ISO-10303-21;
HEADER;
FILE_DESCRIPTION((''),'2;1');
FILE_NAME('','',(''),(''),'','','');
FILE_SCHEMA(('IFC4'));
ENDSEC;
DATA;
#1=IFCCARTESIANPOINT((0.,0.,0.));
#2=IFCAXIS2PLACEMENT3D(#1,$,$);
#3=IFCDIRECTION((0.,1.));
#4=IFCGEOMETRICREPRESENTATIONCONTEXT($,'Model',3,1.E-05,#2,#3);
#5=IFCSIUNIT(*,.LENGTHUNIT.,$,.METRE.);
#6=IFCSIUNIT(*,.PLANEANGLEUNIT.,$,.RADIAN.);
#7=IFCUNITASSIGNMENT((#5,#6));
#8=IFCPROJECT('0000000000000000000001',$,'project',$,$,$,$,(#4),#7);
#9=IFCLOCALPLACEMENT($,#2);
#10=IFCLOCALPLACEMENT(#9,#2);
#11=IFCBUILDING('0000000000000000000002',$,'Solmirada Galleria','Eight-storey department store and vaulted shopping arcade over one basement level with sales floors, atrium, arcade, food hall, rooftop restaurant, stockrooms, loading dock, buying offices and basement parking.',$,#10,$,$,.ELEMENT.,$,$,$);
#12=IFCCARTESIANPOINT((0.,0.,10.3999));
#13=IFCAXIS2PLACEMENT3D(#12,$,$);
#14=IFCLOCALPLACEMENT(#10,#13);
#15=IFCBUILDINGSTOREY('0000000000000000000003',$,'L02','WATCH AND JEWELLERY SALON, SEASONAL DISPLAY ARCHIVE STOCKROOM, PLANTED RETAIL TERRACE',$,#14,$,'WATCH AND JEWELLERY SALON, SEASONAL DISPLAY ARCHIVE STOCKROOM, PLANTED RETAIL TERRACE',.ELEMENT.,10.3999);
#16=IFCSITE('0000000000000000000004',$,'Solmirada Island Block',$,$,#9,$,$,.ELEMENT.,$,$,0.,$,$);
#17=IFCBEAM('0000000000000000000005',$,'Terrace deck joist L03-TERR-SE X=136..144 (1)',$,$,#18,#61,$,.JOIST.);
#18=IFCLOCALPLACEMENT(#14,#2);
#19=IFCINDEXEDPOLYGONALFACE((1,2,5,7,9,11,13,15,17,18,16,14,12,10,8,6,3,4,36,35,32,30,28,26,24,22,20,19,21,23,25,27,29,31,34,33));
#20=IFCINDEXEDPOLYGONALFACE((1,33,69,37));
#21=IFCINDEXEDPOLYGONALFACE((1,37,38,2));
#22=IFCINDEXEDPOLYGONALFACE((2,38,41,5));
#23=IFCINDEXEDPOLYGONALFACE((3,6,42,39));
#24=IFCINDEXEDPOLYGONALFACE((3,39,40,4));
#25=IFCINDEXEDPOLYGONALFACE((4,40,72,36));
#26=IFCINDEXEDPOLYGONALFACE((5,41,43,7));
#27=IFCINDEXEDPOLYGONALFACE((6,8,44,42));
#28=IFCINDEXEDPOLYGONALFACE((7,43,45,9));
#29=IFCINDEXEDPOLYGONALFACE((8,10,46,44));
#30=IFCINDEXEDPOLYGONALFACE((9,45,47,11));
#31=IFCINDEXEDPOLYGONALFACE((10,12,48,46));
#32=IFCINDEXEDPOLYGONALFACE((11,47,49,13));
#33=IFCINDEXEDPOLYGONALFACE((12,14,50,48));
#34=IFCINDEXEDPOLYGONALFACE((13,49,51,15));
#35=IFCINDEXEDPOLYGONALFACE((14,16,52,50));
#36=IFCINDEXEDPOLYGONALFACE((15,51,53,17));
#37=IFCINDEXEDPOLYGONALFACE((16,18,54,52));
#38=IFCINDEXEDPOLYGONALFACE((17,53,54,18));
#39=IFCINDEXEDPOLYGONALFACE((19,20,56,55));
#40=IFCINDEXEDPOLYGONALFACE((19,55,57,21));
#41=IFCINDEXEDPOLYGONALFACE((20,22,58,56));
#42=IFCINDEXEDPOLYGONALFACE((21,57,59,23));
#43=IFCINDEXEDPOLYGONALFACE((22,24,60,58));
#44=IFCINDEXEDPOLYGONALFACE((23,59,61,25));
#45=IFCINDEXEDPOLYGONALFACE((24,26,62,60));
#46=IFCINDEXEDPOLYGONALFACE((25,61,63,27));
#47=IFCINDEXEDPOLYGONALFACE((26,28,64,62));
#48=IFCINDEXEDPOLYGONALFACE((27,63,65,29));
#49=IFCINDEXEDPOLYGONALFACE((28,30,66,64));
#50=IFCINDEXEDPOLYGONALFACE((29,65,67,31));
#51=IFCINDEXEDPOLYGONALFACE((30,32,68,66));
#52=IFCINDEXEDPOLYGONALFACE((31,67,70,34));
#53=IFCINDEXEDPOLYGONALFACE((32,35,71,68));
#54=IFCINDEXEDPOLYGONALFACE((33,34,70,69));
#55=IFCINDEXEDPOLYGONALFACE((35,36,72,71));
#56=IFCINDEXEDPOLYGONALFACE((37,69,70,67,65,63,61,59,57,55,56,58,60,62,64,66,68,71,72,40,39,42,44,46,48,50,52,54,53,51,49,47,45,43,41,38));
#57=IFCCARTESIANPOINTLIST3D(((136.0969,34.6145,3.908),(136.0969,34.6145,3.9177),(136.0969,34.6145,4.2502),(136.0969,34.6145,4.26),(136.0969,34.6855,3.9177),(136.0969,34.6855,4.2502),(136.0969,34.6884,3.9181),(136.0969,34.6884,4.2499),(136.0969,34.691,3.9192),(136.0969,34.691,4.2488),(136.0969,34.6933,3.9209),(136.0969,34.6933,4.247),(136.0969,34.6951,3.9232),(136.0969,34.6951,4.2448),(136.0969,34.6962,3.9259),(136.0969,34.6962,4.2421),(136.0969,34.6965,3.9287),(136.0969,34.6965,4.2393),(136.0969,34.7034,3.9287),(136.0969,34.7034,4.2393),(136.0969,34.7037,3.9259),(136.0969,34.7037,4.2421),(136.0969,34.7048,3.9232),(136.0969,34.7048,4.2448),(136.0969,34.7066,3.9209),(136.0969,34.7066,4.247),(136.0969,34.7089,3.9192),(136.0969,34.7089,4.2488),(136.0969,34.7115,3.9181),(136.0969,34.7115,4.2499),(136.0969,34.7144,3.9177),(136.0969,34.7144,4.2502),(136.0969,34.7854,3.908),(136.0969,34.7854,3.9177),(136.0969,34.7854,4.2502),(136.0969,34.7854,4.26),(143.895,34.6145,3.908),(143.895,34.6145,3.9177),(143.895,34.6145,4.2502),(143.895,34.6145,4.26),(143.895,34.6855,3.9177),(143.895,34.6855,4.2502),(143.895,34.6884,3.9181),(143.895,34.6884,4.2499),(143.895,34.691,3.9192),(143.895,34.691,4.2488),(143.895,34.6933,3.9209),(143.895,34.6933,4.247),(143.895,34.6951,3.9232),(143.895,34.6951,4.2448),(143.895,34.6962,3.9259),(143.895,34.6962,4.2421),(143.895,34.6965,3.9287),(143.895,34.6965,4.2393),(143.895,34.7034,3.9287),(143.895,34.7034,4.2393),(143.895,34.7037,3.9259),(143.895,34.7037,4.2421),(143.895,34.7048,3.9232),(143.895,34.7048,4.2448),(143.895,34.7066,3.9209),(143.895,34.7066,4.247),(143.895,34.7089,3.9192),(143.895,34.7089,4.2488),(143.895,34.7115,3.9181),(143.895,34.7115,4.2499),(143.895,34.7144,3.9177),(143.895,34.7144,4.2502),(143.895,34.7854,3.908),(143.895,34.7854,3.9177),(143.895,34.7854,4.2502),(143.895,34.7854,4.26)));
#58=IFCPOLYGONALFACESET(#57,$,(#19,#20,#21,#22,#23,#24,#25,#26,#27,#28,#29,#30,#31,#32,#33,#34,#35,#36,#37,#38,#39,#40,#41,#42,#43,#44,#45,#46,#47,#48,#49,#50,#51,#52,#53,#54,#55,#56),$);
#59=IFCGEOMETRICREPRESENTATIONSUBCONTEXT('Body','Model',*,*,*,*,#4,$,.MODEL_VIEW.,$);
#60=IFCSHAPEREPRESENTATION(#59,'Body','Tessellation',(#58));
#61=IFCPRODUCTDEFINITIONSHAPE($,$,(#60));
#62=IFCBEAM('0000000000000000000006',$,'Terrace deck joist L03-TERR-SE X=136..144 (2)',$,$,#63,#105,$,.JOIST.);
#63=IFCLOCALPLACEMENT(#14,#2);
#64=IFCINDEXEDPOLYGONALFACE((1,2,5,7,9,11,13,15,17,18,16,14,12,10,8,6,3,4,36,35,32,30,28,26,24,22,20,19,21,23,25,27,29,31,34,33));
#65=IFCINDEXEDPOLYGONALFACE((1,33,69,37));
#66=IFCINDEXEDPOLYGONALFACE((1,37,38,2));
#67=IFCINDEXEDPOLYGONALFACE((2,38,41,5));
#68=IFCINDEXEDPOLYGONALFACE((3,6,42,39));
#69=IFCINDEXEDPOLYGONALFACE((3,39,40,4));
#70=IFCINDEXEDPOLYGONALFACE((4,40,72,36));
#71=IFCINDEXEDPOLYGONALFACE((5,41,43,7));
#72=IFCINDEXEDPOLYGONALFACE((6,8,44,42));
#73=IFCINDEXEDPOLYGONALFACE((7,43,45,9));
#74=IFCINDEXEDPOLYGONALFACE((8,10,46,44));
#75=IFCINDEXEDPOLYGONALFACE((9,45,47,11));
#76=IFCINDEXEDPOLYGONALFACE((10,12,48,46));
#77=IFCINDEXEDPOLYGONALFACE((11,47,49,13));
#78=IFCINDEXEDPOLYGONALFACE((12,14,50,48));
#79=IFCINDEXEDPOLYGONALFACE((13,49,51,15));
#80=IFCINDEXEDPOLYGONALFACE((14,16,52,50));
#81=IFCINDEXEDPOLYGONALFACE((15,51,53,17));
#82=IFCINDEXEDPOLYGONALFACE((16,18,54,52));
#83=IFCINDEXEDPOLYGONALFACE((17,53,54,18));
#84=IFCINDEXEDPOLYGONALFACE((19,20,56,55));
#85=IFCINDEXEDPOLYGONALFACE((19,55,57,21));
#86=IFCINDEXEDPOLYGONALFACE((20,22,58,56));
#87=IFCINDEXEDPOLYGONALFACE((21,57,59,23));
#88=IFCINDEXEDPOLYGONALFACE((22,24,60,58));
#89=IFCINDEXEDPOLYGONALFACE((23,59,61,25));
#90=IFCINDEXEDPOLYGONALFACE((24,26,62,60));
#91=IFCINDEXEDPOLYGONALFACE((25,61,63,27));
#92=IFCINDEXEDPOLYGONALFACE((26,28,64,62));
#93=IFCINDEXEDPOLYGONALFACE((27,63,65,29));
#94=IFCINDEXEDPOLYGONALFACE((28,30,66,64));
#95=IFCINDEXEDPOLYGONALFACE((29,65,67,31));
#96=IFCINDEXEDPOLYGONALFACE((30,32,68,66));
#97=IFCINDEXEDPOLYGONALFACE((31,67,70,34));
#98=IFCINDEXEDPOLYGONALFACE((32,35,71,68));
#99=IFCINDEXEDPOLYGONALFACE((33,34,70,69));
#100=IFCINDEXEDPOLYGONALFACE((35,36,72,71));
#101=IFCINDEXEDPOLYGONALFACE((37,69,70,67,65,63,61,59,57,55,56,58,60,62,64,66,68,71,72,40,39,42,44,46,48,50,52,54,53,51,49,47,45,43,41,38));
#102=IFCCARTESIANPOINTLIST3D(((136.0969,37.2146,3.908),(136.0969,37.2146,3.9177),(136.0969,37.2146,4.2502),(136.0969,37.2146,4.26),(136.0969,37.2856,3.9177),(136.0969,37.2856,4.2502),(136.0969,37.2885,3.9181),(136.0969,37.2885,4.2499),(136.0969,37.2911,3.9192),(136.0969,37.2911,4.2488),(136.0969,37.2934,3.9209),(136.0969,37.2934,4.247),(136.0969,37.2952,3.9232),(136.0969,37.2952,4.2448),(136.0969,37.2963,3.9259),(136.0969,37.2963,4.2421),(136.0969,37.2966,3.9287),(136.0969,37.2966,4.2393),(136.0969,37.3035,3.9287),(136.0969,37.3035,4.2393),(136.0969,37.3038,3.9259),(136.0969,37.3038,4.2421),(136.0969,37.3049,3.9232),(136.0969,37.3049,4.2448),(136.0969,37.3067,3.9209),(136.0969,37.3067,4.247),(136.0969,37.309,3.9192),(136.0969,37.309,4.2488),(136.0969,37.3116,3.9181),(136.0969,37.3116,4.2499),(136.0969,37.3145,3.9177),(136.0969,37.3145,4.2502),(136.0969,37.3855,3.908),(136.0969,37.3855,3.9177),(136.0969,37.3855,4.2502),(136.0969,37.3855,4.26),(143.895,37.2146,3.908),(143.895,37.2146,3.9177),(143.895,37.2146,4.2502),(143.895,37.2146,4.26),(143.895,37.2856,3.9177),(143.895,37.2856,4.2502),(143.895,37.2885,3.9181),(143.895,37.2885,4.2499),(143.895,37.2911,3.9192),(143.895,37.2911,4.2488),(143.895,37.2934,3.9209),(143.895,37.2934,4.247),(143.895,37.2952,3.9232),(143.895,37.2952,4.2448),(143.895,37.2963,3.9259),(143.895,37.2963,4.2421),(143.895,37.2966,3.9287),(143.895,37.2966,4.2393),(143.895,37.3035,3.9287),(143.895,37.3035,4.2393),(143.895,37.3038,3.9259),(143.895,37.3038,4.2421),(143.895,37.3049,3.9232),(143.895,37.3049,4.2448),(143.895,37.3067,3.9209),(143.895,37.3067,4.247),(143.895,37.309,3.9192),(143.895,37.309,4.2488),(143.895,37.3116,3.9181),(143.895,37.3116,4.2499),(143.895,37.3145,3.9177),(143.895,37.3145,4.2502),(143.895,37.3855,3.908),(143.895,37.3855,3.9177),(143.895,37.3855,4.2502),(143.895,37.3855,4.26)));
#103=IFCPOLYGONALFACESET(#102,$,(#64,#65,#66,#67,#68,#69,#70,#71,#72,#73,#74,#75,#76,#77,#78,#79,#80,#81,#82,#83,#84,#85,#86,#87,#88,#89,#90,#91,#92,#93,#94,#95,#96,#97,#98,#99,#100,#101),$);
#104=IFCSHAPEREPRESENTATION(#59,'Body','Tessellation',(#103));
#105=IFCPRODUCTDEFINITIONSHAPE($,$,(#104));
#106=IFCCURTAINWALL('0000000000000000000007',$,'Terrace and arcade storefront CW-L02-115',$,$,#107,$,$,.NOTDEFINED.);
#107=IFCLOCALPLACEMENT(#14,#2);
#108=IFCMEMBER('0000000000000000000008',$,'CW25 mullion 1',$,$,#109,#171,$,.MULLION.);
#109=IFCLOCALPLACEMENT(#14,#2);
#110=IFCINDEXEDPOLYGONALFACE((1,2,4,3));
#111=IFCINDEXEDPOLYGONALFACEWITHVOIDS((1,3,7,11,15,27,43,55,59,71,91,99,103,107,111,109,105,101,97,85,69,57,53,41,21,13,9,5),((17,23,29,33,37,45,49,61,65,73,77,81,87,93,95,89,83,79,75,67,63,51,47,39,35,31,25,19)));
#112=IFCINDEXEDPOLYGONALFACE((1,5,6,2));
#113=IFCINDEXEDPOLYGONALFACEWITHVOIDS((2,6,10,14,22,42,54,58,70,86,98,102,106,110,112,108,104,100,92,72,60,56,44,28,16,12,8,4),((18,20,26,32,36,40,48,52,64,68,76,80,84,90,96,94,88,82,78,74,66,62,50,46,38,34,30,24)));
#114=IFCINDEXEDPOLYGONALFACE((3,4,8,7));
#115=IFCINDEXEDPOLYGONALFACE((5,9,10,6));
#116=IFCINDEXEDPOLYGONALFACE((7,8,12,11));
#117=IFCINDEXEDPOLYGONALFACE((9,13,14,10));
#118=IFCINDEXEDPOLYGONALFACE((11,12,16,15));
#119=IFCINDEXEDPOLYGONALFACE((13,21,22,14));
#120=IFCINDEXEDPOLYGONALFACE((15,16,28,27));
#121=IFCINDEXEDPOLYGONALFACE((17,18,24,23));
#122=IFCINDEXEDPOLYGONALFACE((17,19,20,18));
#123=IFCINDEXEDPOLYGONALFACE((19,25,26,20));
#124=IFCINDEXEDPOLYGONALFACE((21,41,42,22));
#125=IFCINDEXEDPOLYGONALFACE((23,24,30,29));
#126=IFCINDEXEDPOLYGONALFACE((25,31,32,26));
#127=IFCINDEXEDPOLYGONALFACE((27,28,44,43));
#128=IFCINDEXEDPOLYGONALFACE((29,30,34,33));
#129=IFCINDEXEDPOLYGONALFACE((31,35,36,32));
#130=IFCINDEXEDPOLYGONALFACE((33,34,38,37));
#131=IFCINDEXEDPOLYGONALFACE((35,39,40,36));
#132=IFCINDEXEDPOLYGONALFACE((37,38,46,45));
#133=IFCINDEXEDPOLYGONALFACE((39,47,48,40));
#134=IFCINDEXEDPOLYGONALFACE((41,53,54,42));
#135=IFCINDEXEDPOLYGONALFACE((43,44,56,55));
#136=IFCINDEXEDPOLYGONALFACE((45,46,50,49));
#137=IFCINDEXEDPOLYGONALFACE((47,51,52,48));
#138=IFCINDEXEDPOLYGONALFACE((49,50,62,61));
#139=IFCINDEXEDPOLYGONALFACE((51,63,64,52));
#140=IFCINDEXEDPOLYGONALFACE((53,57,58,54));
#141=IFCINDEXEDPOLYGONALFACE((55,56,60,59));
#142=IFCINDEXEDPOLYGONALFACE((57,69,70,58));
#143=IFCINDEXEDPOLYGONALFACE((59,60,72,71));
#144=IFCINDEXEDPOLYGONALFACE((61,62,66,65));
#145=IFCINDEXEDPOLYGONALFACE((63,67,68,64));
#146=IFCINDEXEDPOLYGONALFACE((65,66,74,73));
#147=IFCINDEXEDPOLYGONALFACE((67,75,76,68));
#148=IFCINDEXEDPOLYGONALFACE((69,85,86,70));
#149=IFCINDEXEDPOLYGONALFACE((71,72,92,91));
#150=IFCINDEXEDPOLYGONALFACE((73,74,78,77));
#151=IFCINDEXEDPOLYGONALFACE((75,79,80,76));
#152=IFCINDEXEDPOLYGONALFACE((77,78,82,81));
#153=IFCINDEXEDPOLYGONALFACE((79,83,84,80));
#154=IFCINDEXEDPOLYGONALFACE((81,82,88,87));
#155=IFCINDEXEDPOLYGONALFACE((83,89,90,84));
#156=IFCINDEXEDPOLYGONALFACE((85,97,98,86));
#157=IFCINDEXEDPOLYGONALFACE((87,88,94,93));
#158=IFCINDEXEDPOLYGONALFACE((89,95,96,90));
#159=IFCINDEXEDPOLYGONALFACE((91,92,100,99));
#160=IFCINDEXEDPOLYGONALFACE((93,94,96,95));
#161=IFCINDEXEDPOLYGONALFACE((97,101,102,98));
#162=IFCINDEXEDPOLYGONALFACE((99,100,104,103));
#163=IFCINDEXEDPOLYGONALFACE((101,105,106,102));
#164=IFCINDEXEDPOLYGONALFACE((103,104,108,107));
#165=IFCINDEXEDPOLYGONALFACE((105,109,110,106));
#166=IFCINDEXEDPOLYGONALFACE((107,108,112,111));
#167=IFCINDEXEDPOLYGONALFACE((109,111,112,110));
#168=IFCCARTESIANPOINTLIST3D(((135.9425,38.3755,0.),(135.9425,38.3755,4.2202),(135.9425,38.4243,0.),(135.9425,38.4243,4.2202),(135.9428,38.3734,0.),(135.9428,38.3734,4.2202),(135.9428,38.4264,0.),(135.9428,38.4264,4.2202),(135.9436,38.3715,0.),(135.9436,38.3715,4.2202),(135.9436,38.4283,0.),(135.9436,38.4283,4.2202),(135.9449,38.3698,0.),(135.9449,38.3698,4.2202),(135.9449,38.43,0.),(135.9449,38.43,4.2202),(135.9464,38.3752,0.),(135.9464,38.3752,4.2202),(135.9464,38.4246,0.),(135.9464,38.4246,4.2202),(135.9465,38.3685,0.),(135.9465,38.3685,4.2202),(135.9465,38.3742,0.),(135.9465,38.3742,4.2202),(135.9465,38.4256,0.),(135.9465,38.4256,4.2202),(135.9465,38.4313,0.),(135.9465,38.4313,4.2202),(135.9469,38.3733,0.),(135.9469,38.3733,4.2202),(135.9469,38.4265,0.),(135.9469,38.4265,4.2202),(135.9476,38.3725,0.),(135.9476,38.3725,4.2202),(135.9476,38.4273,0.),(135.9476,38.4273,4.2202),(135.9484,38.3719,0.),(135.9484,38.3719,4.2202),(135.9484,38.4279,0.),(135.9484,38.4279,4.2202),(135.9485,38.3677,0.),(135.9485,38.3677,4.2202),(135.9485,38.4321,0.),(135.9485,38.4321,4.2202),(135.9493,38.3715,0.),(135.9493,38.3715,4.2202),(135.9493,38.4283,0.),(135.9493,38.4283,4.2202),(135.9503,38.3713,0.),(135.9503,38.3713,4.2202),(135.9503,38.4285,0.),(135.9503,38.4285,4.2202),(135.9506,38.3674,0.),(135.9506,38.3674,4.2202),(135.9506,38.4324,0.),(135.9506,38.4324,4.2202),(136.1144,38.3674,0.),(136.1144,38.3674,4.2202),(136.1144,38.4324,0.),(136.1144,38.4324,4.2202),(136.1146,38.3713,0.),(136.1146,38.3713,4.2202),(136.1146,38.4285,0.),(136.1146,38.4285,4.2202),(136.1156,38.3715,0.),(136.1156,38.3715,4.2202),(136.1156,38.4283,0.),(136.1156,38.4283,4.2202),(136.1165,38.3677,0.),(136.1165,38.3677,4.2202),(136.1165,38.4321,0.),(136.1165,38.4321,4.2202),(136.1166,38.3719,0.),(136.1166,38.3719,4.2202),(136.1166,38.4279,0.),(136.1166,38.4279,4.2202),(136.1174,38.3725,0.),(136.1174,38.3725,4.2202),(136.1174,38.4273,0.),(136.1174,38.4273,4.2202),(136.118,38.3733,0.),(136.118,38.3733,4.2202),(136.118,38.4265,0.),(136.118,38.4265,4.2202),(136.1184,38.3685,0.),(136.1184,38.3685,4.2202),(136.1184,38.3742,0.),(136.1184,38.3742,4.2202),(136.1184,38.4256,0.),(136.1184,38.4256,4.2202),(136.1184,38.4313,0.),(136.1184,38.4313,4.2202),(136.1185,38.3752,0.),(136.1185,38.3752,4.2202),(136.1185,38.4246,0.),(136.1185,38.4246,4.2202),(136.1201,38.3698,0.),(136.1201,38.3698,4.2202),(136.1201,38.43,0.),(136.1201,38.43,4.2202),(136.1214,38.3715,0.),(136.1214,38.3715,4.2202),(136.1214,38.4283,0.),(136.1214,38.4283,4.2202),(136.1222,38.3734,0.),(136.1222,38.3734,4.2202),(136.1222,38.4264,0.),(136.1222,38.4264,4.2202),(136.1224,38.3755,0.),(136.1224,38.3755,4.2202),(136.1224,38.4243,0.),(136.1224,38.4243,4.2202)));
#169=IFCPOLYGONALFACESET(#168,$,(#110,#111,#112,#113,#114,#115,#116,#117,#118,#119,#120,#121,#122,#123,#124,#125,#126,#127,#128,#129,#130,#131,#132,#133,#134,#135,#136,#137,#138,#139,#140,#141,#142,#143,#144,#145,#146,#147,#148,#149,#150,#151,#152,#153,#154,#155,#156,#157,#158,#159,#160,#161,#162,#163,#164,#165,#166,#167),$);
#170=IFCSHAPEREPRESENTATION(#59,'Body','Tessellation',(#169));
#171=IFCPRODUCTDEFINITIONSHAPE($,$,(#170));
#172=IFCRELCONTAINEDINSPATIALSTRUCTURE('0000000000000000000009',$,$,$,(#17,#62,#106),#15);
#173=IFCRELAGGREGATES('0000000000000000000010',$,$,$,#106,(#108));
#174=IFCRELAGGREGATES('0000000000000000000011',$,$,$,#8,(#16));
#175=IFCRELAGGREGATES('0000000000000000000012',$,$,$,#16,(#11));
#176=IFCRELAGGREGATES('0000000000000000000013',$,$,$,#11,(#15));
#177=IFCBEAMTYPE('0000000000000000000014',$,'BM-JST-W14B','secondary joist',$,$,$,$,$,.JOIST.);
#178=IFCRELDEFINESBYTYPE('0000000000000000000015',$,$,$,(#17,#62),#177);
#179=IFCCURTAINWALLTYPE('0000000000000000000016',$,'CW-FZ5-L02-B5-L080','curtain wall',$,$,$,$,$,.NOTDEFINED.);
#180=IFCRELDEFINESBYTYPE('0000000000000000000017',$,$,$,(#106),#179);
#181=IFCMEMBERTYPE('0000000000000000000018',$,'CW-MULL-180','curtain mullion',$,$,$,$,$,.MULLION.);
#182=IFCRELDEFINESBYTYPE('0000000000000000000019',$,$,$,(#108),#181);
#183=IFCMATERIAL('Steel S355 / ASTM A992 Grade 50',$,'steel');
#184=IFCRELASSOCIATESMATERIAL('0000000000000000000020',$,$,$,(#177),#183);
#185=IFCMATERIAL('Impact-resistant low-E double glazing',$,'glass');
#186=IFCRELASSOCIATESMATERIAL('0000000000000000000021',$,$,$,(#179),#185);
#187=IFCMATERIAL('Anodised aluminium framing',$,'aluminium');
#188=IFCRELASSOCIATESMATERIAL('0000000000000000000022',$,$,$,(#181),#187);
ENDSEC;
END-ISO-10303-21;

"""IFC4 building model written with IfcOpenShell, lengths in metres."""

from ifc_helpers import new_model, si_unit, direction, frame, origin, origin_2d, place, context, subcontext, project, spatial, hollow_rectangle, i_section, extrude, material, material_profile, profile_set, type_object, element, aggregate, save


model = new_model("IFC4")

# Units and contexts
model_context = context("Model", 3, precision=1e-05, world=origin(), true_north=direction((0.0, 1.0)))
body_context = subcontext(model_context, "Body", "Model", "MODEL_VIEW")
ifc_project = project(units=[si_unit("LENGTHUNIT", "METRE"), si_unit("PLANEANGLEUNIT", "RADIAN")], contexts=[model_context])

# Site, building, storey
site_placement = place(None, origin())
site = spatial("IfcSite", under=ifc_project, at=site_placement, Name="Solmirada Island Block", CompositionType="ELEMENT", RefElevation=0.0)
building_placement = place(site_placement, origin())
building = spatial("IfcBuilding", under=site, at=building_placement, Name="Solmirada Galleria", Description="Eight-storey department store and vaulted shopping arcade over one basement level with sales floors, atrium, arcade, food hall, rooftop restaurant, stockrooms, loading dock, buying offices and basement parking.", CompositionType="ELEMENT")
storey_placement = place(building_placement, frame((0.0, 0.0, 10.3999)))
storey = spatial("IfcBuildingStorey", under=building, at=storey_placement, Name="L02", Description="WATCH AND JEWELLERY SALON, SEASONAL DISPLAY ARCHIVE STOCKROOM, PLANTED RETAIL TERRACE", LongName="WATCH AND JEWELLERY SALON, SEASONAL DISPLAY ARCHIVE STOCKROOM, PLANTED RETAIL TERRACE", CompositionType="ELEMENT", Elevation=10.3999)

# Beams
ifc_material_1 = material(Name="Steel S355 / ASTM A992 Grade 50", Category="steel")
ifc_material_profile_1 = material_profile(ifc_material_1, i_section(OverallWidth=0.1709, OverallDepth=0.3521, WebThickness=0.0068, FlangeThickness=0.0098, FilletRadius=0.011, at=origin_2d()), Name="W14X30")
ifc_profile_set_1 = profile_set([ifc_material_profile_1], Name="Steel S355 / ASTM A992 Grade 50")
beam_type_1 = type_object("IfcBeamType", Name="BM-JST-W14B", Description="secondary joist", PredefinedType="JOIST", material=ifc_profile_set_1)
for number, where, z_axis, x_axis, name in (
    (1, (136.0969, 34.7, 4.084), (1.0, 0.0, 0.0), (0.0, 1.0, 0.0), "Terrace deck joist L03-TERR-SE X=136..144 (1)"),
    (2, (136.0969, 37.3, 4.084), (1.0, 0.0, 0.0), (0.0, 1.0, 0.0), "Terrace deck joist L03-TERR-SE X=136..144 (2)"),
):
    element("IfcBeam", number, at=place(storey_placement, frame(where, z_axis=z_axis, x_axis=x_axis)), inside=storey, type_object=beam_type_1, Name=name, PredefinedType="JOIST", context=body_context, shape_type="SweptSolid", body=[
        extrude(i_section(OverallWidth=0.1709, OverallDepth=0.3521, WebThickness=0.0068, FlangeThickness=0.0098, FilletRadius=0.011, at=origin_2d()), origin(), (0.0, 0.0, 1.0), 7.7981),
    ])

# Curtain wall, member
ifc_material_2 = material(Name="Impact-resistant low-E double glazing", Category="glass")
curtain_wall_type = type_object("IfcCurtainWallType", Name="CW-FZ5-L02-B5-L080", Description="curtain wall", PredefinedType="NOTDEFINED", material=ifc_material_2)
curtain_wall_placement = place(storey_placement, origin())
curtain_wall = element("IfcCurtainWall", 3, at=curtain_wall_placement, inside=storey, type_object=curtain_wall_type, Name="Terrace and arcade storefront CW-L02-115", PredefinedType="NOTDEFINED")
ifc_material_3 = material(Name="Anodised aluminium framing", Category="aluminium")
ifc_material_profile_2 = material_profile(ifc_material_3, hollow_rectangle(XDim=0.0649, YDim=0.1799, WallThickness=0.0039, InnerFilletRadius=0.0039, OuterFilletRadius=0.0081, at=origin_2d()), Name="ALU-MULL-180X65")
ifc_profile_set_2 = profile_set([ifc_material_profile_2], Name="Anodised aluminium framing")
member_type_1 = type_object("IfcMemberType", Name="CW-MULL-180", Description="curtain mullion", PredefinedType="MULLION", material=ifc_profile_set_2)
member_1_placement = place(storey_placement, frame((136.0325, 38.3999, 0.0), z_axis=(0.0, 0.0, 1.0), x_axis=(0.0, 1.0, 0.0)))
member_1 = element("IfcMember", 4, at=member_1_placement, type_object=member_type_1, Name="CW25 mullion 1", PredefinedType="MULLION", context=body_context, shape_type="SweptSolid", body=[
    extrude(hollow_rectangle(XDim=0.0649, YDim=0.1799, WallThickness=0.0039, InnerFilletRadius=0.0039, OuterFilletRadius=0.0081, at=origin_2d()), origin(), (0.0, 0.0, 1.0), 4.2202),
])
aggregate(curtain_wall, [member_1])

save(model, "model.ifc")
